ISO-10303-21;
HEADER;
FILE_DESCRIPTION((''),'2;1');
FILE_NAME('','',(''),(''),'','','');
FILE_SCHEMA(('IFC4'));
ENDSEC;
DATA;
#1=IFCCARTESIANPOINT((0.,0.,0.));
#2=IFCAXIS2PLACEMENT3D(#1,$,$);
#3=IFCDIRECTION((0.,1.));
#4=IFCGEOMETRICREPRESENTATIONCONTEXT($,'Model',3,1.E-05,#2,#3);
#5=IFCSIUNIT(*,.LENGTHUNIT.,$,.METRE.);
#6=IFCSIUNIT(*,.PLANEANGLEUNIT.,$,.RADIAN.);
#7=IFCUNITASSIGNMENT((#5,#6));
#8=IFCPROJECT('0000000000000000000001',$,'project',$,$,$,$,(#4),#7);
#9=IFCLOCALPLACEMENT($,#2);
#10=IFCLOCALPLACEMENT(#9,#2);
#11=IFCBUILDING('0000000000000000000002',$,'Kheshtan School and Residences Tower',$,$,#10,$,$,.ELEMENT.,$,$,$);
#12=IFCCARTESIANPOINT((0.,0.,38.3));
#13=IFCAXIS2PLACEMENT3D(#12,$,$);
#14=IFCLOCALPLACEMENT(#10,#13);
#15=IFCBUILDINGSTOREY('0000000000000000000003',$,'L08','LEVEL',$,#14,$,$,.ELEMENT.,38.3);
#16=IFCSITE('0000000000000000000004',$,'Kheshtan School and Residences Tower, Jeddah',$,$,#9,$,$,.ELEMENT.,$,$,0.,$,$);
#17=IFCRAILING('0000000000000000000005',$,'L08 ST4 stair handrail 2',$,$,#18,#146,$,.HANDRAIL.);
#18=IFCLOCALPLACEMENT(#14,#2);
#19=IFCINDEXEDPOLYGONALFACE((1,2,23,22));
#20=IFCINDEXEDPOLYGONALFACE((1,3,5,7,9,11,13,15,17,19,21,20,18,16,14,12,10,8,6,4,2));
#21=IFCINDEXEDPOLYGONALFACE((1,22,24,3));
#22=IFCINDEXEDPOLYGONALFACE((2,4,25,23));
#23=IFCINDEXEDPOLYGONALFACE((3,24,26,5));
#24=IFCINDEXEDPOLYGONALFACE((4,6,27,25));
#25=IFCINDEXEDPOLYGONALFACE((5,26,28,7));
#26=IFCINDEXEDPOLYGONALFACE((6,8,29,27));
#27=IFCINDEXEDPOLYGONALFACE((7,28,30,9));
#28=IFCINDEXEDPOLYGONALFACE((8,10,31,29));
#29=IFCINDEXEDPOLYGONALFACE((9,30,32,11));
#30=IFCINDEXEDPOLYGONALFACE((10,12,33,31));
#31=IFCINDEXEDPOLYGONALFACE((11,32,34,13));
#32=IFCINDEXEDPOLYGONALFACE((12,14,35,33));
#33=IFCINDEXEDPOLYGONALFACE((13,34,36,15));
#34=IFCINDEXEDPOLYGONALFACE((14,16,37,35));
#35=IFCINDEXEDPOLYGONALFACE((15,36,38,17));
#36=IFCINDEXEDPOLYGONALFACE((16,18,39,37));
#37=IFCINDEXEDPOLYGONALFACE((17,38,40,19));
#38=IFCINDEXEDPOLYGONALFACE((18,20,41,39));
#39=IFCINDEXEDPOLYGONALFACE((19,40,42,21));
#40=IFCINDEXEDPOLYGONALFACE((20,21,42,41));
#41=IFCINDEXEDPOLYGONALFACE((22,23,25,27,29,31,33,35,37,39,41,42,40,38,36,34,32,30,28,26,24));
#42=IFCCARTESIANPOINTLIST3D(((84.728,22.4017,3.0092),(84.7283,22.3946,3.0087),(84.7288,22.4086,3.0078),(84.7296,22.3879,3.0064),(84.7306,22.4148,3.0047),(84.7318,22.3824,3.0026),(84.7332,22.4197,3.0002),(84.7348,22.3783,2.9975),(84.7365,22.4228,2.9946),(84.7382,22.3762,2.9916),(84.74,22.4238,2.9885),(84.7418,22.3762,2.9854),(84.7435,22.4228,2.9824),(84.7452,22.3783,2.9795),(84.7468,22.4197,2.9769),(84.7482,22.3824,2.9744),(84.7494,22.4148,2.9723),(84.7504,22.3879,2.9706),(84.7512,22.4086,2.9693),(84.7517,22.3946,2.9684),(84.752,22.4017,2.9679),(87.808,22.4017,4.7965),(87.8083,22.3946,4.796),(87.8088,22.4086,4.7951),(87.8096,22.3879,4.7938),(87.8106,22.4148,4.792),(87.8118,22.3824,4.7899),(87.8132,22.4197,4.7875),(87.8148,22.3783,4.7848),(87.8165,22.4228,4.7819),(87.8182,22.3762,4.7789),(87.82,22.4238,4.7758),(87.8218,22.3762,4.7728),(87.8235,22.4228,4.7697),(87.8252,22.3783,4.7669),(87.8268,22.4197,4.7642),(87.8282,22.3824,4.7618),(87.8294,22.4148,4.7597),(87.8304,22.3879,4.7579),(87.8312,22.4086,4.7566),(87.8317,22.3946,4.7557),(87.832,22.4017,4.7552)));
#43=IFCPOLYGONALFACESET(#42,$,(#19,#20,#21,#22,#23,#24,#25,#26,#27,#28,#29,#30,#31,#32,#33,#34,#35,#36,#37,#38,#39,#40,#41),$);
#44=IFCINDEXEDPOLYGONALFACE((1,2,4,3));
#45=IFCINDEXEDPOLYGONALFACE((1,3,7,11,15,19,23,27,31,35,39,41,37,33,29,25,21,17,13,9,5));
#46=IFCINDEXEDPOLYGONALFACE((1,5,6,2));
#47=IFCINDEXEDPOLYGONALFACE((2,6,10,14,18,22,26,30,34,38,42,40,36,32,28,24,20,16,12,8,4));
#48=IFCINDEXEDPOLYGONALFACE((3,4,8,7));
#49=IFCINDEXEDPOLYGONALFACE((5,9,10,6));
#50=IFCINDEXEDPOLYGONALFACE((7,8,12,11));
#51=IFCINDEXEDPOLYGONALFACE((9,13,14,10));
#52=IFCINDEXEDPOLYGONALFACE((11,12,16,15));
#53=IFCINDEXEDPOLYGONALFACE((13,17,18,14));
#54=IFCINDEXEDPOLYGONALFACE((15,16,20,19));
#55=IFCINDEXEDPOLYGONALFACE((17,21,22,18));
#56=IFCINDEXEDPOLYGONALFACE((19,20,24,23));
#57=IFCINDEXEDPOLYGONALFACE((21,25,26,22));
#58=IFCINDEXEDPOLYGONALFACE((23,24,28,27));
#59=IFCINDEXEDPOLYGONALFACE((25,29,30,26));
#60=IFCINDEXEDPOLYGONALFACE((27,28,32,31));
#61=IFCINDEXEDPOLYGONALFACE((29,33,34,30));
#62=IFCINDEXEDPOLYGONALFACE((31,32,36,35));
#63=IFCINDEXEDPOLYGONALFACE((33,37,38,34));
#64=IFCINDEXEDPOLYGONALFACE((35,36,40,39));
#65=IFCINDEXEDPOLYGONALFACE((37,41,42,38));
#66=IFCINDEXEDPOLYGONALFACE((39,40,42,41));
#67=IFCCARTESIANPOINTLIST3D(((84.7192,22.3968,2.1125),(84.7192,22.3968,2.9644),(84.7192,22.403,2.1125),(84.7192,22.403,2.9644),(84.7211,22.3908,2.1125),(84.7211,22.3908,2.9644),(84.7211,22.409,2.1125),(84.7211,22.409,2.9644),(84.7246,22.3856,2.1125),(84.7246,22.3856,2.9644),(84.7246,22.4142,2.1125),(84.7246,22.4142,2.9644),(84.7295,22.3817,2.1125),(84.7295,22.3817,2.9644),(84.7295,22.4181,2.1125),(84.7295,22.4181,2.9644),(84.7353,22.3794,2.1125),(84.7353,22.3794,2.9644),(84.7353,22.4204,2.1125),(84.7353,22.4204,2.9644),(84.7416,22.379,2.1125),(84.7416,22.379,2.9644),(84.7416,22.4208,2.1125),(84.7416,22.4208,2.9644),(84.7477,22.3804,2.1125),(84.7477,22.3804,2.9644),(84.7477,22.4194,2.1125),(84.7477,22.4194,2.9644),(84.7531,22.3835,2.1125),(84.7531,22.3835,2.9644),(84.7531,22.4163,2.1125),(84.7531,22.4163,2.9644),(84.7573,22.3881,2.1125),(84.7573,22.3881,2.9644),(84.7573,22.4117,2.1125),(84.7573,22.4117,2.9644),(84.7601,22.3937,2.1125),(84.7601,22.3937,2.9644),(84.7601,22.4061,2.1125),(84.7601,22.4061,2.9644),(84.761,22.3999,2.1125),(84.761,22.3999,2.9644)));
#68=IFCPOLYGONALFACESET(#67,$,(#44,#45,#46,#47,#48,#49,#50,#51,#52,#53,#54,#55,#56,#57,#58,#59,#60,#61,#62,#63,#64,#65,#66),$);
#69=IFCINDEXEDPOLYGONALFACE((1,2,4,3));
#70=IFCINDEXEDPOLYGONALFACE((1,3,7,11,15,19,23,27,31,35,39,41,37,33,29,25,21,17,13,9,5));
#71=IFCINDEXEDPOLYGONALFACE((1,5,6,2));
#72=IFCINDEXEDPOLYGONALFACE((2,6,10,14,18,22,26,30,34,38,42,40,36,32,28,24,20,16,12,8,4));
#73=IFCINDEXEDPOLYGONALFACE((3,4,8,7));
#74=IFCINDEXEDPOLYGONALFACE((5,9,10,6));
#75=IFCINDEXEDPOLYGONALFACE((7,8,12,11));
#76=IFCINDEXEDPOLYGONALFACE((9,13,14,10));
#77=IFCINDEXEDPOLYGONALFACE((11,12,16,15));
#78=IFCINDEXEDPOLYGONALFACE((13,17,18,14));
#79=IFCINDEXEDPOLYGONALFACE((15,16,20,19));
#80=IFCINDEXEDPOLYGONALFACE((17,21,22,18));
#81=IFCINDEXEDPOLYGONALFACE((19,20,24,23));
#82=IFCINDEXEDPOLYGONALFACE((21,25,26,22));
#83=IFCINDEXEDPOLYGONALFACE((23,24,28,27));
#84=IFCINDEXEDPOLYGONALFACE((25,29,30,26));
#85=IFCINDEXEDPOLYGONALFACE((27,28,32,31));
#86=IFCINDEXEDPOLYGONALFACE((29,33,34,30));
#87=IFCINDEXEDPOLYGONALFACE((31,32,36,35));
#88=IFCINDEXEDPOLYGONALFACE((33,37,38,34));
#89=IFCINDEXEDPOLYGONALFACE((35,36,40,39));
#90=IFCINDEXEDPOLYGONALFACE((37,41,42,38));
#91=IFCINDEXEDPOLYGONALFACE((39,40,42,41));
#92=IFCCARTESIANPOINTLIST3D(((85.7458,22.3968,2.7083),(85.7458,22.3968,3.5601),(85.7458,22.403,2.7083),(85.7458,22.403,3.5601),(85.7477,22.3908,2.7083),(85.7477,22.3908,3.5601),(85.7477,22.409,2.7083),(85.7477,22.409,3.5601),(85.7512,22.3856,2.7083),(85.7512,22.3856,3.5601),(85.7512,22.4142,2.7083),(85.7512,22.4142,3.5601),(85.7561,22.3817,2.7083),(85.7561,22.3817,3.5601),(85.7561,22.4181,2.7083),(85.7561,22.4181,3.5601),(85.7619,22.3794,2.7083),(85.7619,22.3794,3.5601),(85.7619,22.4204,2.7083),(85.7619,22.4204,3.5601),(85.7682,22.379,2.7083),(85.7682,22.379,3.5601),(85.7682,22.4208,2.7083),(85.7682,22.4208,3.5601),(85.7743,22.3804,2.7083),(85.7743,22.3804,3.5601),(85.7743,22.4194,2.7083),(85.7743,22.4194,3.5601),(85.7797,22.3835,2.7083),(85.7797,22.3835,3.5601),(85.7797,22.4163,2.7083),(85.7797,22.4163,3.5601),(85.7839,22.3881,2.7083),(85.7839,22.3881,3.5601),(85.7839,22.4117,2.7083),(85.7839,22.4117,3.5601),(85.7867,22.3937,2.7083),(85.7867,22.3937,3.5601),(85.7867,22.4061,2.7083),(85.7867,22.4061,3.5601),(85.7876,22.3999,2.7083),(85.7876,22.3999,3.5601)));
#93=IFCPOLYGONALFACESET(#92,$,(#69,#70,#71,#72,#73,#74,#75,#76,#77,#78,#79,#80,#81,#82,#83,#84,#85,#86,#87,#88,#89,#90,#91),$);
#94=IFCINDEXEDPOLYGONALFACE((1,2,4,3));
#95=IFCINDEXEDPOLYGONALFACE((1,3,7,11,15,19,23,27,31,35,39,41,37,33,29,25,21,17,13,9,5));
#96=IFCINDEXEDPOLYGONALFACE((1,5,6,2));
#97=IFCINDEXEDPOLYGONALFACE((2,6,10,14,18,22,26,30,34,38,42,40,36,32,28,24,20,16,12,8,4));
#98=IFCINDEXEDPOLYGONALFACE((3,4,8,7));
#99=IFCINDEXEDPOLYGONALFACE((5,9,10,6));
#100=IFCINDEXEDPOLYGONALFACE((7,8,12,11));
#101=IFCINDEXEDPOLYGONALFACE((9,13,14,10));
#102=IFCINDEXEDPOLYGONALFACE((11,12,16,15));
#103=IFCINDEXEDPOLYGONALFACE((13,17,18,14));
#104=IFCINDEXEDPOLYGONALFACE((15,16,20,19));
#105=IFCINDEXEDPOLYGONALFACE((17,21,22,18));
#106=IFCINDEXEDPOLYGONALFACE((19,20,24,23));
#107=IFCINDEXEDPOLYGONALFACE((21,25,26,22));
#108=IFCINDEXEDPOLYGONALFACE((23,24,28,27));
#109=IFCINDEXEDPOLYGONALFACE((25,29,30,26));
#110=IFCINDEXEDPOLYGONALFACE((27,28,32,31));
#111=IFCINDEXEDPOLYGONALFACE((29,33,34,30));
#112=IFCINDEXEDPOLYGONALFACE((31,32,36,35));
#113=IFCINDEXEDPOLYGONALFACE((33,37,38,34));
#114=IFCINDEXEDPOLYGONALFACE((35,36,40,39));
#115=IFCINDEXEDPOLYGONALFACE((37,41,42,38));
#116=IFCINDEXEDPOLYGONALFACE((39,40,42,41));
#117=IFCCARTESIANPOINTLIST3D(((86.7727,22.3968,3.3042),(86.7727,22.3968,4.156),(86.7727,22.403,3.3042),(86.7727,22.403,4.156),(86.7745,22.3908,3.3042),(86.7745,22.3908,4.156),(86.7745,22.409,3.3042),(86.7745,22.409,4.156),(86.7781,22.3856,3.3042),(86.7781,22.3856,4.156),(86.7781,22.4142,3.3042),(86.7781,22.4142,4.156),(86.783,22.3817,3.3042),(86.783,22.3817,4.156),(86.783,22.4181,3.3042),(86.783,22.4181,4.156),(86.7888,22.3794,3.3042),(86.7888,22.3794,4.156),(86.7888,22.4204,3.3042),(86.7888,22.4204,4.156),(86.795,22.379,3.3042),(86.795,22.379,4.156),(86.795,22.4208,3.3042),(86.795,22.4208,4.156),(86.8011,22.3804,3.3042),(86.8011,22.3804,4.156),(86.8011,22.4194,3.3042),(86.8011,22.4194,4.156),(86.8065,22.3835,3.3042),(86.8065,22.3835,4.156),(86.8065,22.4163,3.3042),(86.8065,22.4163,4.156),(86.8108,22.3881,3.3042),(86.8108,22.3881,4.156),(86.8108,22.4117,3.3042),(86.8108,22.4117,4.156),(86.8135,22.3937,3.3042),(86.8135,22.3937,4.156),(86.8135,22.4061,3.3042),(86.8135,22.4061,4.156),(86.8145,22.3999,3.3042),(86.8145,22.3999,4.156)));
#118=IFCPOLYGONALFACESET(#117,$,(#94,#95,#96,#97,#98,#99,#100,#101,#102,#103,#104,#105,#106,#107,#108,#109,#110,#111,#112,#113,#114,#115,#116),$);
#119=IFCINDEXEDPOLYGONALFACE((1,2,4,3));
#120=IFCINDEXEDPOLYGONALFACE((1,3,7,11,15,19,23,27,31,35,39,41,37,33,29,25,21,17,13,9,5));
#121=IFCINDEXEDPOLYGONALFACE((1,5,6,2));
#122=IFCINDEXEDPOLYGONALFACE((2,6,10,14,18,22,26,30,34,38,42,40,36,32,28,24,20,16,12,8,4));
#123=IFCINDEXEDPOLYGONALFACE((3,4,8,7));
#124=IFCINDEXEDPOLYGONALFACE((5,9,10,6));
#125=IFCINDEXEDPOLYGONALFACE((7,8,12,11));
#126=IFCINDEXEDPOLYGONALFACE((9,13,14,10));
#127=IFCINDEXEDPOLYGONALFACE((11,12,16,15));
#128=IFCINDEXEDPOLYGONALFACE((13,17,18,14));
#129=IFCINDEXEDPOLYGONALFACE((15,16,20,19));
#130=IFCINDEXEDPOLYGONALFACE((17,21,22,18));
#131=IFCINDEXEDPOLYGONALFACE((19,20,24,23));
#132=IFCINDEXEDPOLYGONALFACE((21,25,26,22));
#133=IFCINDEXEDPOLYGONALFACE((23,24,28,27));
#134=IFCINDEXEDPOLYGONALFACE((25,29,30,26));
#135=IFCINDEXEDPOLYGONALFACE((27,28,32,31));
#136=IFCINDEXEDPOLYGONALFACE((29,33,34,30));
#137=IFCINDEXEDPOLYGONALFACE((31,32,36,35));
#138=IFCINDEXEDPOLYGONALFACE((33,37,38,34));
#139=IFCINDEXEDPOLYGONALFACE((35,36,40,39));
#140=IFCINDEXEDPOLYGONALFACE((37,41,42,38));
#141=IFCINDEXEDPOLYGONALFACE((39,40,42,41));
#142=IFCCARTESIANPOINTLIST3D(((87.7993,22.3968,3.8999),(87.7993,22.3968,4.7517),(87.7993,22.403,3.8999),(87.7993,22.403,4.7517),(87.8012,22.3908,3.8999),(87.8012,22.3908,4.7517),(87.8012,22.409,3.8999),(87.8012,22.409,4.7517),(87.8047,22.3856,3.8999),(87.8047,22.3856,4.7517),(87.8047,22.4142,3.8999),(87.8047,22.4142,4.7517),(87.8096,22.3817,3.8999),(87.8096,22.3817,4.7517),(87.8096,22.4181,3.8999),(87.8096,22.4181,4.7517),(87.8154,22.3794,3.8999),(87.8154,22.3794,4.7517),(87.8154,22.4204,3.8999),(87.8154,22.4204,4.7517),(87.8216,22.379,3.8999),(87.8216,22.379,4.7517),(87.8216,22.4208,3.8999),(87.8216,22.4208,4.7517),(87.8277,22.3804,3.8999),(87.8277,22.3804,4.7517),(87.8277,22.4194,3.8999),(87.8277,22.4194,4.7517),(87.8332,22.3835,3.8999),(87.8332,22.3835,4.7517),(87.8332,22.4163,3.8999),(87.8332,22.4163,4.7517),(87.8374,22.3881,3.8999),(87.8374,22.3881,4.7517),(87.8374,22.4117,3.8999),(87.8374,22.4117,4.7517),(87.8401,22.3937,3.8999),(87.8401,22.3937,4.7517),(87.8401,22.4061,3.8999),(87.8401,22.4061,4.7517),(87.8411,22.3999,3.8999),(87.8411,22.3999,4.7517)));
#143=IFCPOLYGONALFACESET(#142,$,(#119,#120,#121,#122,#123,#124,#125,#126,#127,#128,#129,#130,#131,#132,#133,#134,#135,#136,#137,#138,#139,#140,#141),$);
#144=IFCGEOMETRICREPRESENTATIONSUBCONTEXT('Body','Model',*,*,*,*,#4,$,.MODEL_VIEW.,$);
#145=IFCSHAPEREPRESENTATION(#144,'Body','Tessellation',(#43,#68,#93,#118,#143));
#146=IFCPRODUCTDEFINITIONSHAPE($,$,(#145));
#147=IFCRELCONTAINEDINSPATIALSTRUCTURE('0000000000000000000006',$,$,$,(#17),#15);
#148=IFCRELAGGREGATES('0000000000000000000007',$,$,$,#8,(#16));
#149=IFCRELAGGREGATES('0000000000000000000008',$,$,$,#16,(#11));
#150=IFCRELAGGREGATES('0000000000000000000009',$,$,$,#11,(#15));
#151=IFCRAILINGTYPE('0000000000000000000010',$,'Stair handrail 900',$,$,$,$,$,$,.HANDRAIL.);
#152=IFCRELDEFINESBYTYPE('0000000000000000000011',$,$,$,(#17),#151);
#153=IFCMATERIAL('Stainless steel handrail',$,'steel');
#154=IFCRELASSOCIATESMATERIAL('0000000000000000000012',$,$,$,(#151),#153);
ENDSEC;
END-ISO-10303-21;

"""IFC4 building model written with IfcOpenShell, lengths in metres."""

from ifc_helpers import new_model, si_unit, direction, frame, origin, origin_2d, place, context, subcontext, project, spatial, circle, extrude, material, type_object, element, save


model = new_model("IFC4")

# Units and contexts
model_context = context("Model", 3, precision=1e-05, world=origin(), true_north=direction((0.0, 1.0)))
body_context = subcontext(model_context, "Body", "Model", "MODEL_VIEW")
ifc_project = project(units=[si_unit("LENGTHUNIT", "METRE"), si_unit("PLANEANGLEUNIT", "RADIAN")], contexts=[model_context])

# Site, building, storey
site_placement = place(None, origin())
site = spatial("IfcSite", under=ifc_project, at=site_placement, Name="Kheshtan School and Residences Tower, Jeddah", CompositionType="ELEMENT", RefElevation=0.0)
building_placement = place(site_placement, origin())
building = spatial("IfcBuilding", under=site, at=building_placement, Name="Kheshtan School and Residences Tower", CompositionType="ELEMENT")
storey_placement = place(building_placement, frame((0.0, 0.0, 38.3)))
storey = spatial("IfcBuildingStorey", under=building, at=storey_placement, Name="L08", Description="LEVEL", CompositionType="ELEMENT", Elevation=38.3)

# Railing
ifc_material_1 = material(Name="Stainless steel handrail", Category="steel")
railing_type_1 = type_object("IfcRailingType", Name="Stair handrail 900", PredefinedType="HANDRAIL", material=ifc_material_1)
railing_1_placement = place(storey_placement, frame((84.74, 22.3999, 2.1125)))
element("IfcRailing", 1, at=railing_1_placement, inside=storey, type_object=railing_type_1, Name="L08 ST4 stair handrail 2", PredefinedType="HANDRAIL", context=body_context, shape_type="SweptSolid", body=[
    extrude(circle(Radius=0.0239, at=origin_2d()), frame((0.0, 0.0, 0.876), z_axis=(0.86492, 0.0, 0.501909), x_axis=(0.0, 1.0, 0.0)), (0.0, 0.0, 1.0), 3.561),
    extrude(circle(Radius=0.021, at=origin_2d()), origin(), (0.0, 0.0, 1.0), 0.8518),
    extrude(circle(Radius=0.021, at=origin_2d()), frame((1.0266, 0.0, 0.5957)), (0.0, 0.0, 1.0), 0.8518),
    extrude(circle(Radius=0.021, at=origin_2d()), frame((2.0535, 0.0, 1.1917)), (0.0, 0.0, 1.0), 0.8518),
    extrude(circle(Radius=0.021, at=origin_2d()), frame((3.0801, 0.0, 1.7874)), (0.0, 0.0, 1.0), 0.8518),
])

save(model, "model.ifc")
